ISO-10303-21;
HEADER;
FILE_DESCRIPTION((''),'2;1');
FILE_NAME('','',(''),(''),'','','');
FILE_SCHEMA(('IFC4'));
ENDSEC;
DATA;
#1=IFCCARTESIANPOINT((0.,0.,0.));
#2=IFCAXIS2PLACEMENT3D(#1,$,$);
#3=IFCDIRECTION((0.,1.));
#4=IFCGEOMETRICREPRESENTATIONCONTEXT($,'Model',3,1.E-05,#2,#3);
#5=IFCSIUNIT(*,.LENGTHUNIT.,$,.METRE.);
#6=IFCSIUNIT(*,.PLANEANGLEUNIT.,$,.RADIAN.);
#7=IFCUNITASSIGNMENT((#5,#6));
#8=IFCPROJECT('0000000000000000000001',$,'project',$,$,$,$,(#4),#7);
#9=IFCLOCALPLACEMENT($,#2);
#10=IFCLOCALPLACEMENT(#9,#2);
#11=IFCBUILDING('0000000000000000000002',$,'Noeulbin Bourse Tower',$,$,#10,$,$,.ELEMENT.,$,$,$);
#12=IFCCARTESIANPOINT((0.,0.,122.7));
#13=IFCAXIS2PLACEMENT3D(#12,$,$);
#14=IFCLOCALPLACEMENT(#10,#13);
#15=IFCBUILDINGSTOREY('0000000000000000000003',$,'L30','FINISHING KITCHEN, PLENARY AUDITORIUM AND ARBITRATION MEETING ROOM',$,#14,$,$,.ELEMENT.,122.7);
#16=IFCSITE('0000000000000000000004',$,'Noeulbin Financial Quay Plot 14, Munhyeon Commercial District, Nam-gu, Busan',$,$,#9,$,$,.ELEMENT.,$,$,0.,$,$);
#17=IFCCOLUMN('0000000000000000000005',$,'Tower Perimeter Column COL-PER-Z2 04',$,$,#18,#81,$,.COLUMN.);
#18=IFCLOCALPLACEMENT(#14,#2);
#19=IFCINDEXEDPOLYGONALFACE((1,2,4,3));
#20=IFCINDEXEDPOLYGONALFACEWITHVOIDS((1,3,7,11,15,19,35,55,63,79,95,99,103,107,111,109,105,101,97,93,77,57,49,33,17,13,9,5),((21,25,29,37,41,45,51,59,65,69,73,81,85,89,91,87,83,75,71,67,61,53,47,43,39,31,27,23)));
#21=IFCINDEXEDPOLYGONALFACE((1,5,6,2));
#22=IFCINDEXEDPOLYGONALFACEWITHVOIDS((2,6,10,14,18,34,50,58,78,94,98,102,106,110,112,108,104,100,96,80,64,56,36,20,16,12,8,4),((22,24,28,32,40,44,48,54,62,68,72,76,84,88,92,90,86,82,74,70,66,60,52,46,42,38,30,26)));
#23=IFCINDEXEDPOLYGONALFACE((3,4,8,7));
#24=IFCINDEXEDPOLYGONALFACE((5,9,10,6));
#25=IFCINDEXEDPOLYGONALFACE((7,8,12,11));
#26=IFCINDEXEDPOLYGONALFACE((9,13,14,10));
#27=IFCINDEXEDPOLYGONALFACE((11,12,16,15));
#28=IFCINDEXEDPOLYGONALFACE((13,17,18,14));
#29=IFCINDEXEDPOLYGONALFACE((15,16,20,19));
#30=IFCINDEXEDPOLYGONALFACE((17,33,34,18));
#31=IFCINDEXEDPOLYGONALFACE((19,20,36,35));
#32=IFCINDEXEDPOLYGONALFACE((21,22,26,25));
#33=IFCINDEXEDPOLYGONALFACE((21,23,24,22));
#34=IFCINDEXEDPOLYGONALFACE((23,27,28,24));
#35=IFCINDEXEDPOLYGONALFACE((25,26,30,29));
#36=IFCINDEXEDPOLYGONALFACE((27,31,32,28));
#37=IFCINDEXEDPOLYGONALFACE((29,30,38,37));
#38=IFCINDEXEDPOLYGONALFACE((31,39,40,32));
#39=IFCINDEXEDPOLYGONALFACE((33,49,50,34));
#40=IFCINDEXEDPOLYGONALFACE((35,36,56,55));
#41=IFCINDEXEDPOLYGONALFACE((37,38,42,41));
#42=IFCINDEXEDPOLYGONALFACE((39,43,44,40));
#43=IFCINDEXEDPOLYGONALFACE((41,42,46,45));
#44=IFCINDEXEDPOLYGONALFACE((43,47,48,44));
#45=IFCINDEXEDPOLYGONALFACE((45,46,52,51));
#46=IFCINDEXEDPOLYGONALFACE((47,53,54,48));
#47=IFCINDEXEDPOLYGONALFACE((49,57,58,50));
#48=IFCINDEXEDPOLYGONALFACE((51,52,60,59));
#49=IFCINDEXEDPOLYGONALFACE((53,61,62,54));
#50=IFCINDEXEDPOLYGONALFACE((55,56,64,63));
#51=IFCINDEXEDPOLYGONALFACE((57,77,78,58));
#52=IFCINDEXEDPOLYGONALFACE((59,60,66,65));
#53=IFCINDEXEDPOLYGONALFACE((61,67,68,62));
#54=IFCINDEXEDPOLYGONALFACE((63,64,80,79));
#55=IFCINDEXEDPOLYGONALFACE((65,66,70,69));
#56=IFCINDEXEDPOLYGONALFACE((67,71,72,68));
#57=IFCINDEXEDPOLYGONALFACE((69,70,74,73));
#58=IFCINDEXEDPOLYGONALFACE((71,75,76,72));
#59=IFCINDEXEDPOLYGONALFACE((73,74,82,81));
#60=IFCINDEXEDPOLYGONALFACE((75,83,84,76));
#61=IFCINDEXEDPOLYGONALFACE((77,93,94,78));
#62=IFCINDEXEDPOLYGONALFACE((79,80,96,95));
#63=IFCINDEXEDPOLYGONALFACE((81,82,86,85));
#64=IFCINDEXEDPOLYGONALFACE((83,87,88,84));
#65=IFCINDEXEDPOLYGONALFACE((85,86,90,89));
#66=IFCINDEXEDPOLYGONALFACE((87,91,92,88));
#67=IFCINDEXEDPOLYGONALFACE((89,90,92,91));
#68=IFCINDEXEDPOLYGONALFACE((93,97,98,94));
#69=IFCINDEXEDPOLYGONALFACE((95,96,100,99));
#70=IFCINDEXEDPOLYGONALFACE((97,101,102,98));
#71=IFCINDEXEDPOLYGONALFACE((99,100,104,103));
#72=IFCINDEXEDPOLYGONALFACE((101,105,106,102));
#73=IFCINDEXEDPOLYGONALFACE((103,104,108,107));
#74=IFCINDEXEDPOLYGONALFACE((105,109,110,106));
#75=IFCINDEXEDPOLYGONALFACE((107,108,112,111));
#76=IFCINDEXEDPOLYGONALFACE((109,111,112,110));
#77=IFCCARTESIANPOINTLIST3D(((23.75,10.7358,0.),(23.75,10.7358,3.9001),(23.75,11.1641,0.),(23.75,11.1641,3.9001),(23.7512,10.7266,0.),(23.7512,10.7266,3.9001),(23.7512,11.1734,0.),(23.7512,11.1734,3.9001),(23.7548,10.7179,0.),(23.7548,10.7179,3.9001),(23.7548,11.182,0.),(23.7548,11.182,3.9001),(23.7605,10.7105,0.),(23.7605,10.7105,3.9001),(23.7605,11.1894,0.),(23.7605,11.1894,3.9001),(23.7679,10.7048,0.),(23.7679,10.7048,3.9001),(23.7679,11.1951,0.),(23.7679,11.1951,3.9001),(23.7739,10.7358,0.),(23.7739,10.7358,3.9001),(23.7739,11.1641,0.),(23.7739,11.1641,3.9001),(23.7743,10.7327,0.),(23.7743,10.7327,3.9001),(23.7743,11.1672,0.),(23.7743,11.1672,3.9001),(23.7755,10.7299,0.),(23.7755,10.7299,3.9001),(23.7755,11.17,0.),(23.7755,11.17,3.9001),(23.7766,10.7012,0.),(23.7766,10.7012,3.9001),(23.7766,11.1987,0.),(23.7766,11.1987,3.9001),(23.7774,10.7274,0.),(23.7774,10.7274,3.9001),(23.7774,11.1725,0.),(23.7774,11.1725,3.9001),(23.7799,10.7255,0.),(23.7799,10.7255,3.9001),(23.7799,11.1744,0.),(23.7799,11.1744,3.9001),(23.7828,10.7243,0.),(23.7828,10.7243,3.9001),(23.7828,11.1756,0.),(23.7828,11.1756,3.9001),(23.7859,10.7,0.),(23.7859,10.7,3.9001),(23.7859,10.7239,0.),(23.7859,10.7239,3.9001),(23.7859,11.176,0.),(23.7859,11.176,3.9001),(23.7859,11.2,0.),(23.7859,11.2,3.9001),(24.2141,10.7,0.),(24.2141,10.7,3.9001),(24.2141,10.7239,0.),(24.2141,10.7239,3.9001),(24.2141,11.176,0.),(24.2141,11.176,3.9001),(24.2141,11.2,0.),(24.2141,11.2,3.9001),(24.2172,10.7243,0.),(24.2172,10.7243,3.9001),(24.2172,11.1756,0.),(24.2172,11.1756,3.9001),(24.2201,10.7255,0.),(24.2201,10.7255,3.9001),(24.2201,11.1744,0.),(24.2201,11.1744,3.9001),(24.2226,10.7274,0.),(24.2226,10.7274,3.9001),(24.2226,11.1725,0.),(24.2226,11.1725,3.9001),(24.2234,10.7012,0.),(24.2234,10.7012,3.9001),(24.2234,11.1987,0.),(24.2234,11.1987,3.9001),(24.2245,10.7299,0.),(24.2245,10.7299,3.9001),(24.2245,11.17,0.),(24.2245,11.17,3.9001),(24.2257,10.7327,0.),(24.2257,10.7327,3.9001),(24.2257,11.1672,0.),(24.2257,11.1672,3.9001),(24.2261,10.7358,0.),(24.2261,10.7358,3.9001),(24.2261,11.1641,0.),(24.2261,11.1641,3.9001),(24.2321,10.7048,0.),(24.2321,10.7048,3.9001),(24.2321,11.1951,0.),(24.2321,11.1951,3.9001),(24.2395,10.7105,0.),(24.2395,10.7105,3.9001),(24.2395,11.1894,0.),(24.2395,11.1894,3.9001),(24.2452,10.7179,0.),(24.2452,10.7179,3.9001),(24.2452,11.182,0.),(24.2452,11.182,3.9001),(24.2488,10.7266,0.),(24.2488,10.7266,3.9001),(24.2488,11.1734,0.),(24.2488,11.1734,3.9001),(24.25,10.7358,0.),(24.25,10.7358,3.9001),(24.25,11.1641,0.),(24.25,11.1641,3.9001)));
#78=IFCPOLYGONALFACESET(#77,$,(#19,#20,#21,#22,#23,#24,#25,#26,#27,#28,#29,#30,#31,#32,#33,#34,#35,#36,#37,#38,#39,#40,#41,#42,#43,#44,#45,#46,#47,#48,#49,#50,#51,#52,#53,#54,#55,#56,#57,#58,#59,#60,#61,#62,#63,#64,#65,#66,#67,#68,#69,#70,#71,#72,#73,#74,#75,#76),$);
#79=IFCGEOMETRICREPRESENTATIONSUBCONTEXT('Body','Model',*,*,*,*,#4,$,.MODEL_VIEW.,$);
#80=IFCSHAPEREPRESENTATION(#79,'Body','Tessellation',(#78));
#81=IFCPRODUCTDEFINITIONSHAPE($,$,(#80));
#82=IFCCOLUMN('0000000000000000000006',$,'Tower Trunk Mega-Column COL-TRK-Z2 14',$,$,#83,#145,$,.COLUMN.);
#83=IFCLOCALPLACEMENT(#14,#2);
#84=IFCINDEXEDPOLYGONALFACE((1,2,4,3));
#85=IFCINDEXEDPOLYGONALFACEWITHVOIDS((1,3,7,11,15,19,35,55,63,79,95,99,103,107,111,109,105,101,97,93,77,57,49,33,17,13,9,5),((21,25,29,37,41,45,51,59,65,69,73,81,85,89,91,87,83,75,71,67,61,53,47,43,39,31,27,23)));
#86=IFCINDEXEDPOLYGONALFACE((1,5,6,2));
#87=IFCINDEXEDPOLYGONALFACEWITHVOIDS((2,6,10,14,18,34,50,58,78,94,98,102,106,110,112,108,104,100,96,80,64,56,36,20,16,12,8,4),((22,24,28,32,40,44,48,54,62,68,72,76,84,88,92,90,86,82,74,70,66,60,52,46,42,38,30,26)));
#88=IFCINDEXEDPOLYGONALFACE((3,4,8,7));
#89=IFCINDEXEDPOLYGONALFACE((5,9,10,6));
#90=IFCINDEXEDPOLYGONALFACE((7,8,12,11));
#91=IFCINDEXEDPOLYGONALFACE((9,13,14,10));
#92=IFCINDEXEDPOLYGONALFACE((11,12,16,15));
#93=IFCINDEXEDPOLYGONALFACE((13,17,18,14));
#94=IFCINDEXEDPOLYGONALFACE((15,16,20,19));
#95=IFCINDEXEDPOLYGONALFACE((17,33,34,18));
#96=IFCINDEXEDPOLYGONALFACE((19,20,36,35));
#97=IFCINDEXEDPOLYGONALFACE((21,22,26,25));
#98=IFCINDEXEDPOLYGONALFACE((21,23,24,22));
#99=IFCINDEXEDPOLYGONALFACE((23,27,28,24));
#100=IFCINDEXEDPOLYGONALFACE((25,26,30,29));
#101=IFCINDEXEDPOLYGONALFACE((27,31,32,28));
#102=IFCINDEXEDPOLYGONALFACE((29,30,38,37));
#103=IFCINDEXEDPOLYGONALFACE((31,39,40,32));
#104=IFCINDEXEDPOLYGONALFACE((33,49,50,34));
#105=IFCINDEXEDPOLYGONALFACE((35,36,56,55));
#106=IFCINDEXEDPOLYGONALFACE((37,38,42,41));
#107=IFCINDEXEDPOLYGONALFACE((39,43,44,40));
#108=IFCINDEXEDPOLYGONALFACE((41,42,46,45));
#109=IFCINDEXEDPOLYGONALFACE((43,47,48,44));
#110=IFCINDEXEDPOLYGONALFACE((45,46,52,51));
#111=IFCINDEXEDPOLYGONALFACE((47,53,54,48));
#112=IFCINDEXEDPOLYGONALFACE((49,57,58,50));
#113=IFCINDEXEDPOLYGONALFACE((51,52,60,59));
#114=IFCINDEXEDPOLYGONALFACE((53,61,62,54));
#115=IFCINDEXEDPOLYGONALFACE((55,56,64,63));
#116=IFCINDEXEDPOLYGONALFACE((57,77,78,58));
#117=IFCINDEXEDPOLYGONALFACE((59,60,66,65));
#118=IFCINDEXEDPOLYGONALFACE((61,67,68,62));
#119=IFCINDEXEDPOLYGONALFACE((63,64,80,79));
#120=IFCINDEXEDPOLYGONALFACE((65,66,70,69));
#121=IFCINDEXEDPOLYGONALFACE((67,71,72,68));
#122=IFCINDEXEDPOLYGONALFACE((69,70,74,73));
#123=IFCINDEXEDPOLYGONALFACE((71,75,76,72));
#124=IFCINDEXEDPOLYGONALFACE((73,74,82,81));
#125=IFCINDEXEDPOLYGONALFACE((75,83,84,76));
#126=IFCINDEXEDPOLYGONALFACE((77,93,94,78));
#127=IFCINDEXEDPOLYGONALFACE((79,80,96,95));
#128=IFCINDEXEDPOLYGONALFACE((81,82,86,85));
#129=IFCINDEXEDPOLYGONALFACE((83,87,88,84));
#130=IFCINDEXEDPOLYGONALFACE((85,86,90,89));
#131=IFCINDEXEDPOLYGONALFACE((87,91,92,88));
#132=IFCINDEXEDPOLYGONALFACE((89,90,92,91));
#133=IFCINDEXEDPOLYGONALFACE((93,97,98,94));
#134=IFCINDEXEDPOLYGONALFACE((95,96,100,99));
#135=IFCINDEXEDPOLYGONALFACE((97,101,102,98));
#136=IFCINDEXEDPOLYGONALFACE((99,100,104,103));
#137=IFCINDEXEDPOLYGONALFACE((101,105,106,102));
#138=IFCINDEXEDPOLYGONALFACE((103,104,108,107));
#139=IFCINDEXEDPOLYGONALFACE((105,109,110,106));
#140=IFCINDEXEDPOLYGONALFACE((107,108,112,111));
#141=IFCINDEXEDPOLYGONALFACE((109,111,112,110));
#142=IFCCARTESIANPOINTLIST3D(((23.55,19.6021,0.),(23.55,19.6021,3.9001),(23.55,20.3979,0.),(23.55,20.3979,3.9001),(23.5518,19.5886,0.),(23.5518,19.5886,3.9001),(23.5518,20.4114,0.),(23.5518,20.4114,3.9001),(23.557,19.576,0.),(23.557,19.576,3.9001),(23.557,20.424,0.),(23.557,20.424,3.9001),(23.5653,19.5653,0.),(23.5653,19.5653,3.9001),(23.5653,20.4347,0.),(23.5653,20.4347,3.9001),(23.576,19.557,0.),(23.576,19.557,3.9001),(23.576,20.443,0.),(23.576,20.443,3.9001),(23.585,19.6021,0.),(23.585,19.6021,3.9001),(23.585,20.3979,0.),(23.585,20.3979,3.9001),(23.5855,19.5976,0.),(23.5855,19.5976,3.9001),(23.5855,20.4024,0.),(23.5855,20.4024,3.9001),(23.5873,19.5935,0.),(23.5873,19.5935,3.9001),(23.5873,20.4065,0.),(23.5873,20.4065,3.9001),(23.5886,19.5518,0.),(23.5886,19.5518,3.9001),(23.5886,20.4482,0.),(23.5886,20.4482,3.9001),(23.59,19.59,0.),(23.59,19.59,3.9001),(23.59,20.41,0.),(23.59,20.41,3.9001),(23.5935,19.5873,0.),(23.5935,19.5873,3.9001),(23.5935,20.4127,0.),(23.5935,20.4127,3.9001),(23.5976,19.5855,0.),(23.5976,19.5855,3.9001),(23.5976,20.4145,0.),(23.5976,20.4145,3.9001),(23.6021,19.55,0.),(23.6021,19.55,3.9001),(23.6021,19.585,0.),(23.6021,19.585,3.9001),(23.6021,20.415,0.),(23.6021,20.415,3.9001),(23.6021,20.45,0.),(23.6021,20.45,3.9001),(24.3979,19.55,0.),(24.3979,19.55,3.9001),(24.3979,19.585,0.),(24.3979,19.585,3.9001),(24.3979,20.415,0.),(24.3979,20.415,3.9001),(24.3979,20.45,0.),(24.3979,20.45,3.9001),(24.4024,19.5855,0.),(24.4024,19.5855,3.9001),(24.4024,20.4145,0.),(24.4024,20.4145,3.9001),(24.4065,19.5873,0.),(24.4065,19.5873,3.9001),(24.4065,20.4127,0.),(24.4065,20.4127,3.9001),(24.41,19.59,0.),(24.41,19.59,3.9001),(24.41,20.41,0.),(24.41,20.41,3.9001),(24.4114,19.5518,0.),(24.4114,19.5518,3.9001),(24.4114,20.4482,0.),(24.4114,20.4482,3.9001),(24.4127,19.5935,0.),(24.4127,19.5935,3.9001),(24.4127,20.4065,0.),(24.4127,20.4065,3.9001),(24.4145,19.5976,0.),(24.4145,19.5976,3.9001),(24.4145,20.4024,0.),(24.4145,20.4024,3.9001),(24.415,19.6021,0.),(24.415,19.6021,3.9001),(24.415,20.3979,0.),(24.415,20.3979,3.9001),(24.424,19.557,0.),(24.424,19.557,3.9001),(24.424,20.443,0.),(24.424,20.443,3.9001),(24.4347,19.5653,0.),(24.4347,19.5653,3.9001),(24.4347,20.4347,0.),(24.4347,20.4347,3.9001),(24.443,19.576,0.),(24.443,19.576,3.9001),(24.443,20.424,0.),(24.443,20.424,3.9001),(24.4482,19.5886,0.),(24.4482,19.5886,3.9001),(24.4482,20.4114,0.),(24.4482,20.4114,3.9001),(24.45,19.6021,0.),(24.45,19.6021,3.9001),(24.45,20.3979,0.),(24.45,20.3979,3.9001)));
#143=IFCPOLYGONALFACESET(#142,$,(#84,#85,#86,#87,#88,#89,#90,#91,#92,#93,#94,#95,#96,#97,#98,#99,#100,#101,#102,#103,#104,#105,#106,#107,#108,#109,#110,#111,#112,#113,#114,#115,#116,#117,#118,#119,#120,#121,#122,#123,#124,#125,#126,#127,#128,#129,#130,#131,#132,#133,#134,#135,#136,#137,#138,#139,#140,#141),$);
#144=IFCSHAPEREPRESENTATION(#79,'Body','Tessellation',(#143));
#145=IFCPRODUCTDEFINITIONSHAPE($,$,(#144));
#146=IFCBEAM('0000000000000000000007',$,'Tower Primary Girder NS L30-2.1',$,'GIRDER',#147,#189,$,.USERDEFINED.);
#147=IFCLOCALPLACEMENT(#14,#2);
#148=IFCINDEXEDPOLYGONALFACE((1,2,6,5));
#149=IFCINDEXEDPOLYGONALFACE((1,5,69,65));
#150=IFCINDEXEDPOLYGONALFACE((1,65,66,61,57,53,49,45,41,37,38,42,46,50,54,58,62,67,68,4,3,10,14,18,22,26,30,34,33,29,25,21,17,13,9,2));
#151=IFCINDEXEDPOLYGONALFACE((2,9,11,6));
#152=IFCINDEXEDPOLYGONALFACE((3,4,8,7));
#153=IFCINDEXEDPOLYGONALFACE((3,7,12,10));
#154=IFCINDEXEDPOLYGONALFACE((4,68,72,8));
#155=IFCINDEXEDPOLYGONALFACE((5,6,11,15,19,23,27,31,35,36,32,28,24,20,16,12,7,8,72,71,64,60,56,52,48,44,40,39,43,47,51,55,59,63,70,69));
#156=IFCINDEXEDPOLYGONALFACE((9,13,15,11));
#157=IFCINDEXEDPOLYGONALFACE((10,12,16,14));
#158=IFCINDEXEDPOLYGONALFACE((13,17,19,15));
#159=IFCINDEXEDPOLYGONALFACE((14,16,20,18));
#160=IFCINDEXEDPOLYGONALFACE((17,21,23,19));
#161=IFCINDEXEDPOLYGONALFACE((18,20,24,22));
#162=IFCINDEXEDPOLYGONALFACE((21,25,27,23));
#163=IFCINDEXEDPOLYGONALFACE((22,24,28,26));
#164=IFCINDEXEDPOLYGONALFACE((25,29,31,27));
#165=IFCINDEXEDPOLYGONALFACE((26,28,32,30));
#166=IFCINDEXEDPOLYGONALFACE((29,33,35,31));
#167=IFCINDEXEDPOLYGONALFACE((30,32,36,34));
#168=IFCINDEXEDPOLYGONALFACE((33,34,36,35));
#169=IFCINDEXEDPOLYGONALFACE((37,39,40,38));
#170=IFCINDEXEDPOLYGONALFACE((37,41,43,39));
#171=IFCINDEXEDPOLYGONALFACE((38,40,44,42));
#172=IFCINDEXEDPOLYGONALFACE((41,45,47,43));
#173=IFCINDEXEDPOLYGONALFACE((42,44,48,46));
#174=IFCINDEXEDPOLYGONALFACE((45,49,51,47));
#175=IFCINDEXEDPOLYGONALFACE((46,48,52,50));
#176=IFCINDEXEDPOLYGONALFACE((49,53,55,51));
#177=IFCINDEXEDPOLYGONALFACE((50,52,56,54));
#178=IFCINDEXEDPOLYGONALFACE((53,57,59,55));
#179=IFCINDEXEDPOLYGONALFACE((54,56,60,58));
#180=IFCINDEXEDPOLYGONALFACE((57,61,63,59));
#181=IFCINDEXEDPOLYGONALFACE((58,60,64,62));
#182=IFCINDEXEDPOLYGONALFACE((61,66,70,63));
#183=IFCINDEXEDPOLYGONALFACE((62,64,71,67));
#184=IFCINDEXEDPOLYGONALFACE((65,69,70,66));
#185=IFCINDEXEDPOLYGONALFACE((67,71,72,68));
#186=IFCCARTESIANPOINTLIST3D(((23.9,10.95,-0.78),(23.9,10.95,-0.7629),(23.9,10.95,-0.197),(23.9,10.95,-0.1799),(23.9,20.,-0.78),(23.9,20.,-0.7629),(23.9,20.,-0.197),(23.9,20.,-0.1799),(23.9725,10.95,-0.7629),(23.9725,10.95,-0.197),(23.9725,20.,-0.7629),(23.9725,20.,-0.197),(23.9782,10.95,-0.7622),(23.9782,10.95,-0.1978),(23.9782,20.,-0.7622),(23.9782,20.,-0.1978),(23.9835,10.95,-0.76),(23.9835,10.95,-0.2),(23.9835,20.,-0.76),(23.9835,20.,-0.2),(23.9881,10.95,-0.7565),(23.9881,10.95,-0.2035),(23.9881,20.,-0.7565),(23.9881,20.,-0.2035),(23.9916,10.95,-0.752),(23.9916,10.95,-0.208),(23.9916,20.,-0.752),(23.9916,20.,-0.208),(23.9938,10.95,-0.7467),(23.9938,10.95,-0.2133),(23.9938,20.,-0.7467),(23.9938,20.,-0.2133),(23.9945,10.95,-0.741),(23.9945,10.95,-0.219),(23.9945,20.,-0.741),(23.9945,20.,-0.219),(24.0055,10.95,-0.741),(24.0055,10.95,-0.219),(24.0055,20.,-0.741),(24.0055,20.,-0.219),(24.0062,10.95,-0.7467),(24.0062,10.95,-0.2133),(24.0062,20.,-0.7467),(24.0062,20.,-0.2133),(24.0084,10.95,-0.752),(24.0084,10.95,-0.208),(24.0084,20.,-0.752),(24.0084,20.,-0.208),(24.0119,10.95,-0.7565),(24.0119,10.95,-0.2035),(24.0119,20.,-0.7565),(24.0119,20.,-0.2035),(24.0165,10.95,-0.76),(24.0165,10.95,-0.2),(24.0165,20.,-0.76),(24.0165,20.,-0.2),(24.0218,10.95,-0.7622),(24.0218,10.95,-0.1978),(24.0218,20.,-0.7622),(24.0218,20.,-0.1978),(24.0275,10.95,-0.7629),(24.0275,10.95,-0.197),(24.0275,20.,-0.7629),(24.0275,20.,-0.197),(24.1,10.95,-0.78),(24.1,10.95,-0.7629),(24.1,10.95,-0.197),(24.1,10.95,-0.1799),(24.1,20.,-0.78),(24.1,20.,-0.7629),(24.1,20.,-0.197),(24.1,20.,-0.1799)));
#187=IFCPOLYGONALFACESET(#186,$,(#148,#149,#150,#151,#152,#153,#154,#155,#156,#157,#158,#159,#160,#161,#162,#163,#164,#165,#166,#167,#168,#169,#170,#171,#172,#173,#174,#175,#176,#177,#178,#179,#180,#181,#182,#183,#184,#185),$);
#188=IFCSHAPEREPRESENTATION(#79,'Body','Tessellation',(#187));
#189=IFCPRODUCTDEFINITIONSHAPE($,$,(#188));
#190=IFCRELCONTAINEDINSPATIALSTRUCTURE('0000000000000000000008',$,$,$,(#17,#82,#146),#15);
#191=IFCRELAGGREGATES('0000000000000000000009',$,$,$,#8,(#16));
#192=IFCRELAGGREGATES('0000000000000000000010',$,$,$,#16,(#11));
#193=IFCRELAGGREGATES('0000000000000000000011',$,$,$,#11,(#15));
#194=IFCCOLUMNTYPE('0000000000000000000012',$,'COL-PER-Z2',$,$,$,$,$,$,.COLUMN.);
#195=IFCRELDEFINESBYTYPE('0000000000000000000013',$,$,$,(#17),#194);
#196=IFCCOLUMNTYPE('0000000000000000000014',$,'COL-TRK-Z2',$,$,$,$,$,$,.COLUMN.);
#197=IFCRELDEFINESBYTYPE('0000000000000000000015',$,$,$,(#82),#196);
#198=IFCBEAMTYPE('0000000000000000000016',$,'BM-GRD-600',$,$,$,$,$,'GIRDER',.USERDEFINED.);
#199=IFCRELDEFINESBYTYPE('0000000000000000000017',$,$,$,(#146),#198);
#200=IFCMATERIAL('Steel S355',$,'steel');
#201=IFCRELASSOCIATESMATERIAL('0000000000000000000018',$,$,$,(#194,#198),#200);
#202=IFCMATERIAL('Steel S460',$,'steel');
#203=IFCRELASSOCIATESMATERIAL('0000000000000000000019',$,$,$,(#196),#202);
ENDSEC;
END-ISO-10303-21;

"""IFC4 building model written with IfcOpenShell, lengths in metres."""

from ifc_helpers import new_model, si_unit, direction, frame, origin, origin_2d, place, context, subcontext, project, spatial, hollow_rectangle, i_section, extrude, material, material_profile, profile_set, type_object, element, save


model = new_model("IFC4")

# Units and contexts
model_context = context("Model", 3, precision=1e-05, world=origin(), true_north=direction((0.0, 1.0)))
body_context = subcontext(model_context, "Body", "Model", "MODEL_VIEW")
ifc_project = project(units=[si_unit("LENGTHUNIT", "METRE"), si_unit("PLANEANGLEUNIT", "RADIAN")], contexts=[model_context])

# Site, building, storey
site_placement = place(None, origin())
site = spatial("IfcSite", under=ifc_project, at=site_placement, Name="Noeulbin Financial Quay Plot 14, Munhyeon Commercial District, Nam-gu, Busan", CompositionType="ELEMENT", RefElevation=0.0)
building_placement = place(site_placement, origin())
building = spatial("IfcBuilding", under=site, at=building_placement, Name="Noeulbin Bourse Tower", CompositionType="ELEMENT")
storey_placement = place(building_placement, frame((0.0, 0.0, 122.7)))
storey = spatial("IfcBuildingStorey", under=building, at=storey_placement, Name="L30", Description="FINISHING KITCHEN, PLENARY AUDITORIUM AND ARBITRATION MEETING ROOM", CompositionType="ELEMENT", Elevation=122.7)

# Columns
ifc_material_1 = material(Name="Steel S355", Category="steel")
ifc_material_profile_1 = material_profile(ifc_material_1, hollow_rectangle(XDim=0.5, YDim=0.5, WallThickness=0.0239, InnerFilletRadius=0.012, OuterFilletRadius=0.0359, at=origin_2d()), Name="BOX-500x500x24", Category="LoadBearing")
ifc_profile_set_1 = profile_set([ifc_material_profile_1], Name="Steel S355")
column_type_1 = type_object("IfcColumnType", Name="COL-PER-Z2", PredefinedType="COLUMN", material=ifc_profile_set_1)
column_1_placement = place(storey_placement, frame((24.0, 10.95, 0.0), z_axis=(0.0, 0.0, 1.0), x_axis=(1.0, 0.0, 0.0)))
element("IfcColumn", 1, at=column_1_placement, inside=storey, type_object=column_type_1, Name="Tower Perimeter Column COL-PER-Z2 04", PredefinedType="COLUMN", context=body_context, shape_type="SweptSolid", body=[
    extrude(hollow_rectangle(XDim=0.5, YDim=0.5, WallThickness=0.0239, InnerFilletRadius=0.012, OuterFilletRadius=0.0359, at=origin_2d()), origin(), (0.0, 0.0, 1.0), 3.9001),
])
ifc_material_2 = material(Name="Steel S460", Category="steel")
ifc_material_profile_2 = material_profile(ifc_material_2, hollow_rectangle(XDim=0.8999, YDim=0.8999, WallThickness=0.0349, InnerFilletRadius=0.0171, OuterFilletRadius=0.052, at=origin_2d()), Name="BOX-900x900x35", Category="LoadBearing")
ifc_profile_set_2 = profile_set([ifc_material_profile_2], Name="Steel S460")
column_type_2 = type_object("IfcColumnType", Name="COL-TRK-Z2", PredefinedType="COLUMN", material=ifc_profile_set_2)
column_2_placement = place(storey_placement, frame((24.0, 20.0, 0.0), z_axis=(0.0, 0.0, 1.0), x_axis=(1.0, 0.0, 0.0)))
element("IfcColumn", 2, at=column_2_placement, inside=storey, type_object=column_type_2, Name="Tower Trunk Mega-Column COL-TRK-Z2 14", PredefinedType="COLUMN", context=body_context, shape_type="SweptSolid", body=[
    extrude(hollow_rectangle(XDim=0.8999, YDim=0.8999, WallThickness=0.0349, InnerFilletRadius=0.0171, OuterFilletRadius=0.052, at=origin_2d()), origin(), (0.0, 0.0, 1.0), 3.9001),
])

# Beam
ifc_material_profile_3 = material_profile(ifc_material_1, i_section(OverallWidth=0.2, OverallDepth=0.6001, WebThickness=0.011, FlangeThickness=0.0171, FilletRadius=0.022, at=origin_2d()), Name="H-600x200x11x17", Category="LoadBearing")
ifc_profile_set_3 = profile_set([ifc_material_profile_3], Name="Steel S355")
beam_type_1 = type_object("IfcBeamType", Name="BM-GRD-600", ElementType="GIRDER", PredefinedType="USERDEFINED", material=ifc_profile_set_3)
beam_1_placement = place(storey_placement, frame((24.0, 10.95, -0.48), z_axis=(0.0, 1.0, 0.0), x_axis=(-1.0, 0.0, 0.0)))
element("IfcBeam", 3, at=beam_1_placement, inside=storey, type_object=beam_type_1, Name="Tower Primary Girder NS L30-2.1", ObjectType="GIRDER", PredefinedType="USERDEFINED", context=body_context, shape_type="SweptSolid", body=[
    extrude(i_section(OverallWidth=0.2, OverallDepth=0.6001, WebThickness=0.011, FlangeThickness=0.0171, FilletRadius=0.022, at=origin_2d()), origin(), (0.0, 0.0, 1.0), 9.05),
])

save(model, "model.ifc")
